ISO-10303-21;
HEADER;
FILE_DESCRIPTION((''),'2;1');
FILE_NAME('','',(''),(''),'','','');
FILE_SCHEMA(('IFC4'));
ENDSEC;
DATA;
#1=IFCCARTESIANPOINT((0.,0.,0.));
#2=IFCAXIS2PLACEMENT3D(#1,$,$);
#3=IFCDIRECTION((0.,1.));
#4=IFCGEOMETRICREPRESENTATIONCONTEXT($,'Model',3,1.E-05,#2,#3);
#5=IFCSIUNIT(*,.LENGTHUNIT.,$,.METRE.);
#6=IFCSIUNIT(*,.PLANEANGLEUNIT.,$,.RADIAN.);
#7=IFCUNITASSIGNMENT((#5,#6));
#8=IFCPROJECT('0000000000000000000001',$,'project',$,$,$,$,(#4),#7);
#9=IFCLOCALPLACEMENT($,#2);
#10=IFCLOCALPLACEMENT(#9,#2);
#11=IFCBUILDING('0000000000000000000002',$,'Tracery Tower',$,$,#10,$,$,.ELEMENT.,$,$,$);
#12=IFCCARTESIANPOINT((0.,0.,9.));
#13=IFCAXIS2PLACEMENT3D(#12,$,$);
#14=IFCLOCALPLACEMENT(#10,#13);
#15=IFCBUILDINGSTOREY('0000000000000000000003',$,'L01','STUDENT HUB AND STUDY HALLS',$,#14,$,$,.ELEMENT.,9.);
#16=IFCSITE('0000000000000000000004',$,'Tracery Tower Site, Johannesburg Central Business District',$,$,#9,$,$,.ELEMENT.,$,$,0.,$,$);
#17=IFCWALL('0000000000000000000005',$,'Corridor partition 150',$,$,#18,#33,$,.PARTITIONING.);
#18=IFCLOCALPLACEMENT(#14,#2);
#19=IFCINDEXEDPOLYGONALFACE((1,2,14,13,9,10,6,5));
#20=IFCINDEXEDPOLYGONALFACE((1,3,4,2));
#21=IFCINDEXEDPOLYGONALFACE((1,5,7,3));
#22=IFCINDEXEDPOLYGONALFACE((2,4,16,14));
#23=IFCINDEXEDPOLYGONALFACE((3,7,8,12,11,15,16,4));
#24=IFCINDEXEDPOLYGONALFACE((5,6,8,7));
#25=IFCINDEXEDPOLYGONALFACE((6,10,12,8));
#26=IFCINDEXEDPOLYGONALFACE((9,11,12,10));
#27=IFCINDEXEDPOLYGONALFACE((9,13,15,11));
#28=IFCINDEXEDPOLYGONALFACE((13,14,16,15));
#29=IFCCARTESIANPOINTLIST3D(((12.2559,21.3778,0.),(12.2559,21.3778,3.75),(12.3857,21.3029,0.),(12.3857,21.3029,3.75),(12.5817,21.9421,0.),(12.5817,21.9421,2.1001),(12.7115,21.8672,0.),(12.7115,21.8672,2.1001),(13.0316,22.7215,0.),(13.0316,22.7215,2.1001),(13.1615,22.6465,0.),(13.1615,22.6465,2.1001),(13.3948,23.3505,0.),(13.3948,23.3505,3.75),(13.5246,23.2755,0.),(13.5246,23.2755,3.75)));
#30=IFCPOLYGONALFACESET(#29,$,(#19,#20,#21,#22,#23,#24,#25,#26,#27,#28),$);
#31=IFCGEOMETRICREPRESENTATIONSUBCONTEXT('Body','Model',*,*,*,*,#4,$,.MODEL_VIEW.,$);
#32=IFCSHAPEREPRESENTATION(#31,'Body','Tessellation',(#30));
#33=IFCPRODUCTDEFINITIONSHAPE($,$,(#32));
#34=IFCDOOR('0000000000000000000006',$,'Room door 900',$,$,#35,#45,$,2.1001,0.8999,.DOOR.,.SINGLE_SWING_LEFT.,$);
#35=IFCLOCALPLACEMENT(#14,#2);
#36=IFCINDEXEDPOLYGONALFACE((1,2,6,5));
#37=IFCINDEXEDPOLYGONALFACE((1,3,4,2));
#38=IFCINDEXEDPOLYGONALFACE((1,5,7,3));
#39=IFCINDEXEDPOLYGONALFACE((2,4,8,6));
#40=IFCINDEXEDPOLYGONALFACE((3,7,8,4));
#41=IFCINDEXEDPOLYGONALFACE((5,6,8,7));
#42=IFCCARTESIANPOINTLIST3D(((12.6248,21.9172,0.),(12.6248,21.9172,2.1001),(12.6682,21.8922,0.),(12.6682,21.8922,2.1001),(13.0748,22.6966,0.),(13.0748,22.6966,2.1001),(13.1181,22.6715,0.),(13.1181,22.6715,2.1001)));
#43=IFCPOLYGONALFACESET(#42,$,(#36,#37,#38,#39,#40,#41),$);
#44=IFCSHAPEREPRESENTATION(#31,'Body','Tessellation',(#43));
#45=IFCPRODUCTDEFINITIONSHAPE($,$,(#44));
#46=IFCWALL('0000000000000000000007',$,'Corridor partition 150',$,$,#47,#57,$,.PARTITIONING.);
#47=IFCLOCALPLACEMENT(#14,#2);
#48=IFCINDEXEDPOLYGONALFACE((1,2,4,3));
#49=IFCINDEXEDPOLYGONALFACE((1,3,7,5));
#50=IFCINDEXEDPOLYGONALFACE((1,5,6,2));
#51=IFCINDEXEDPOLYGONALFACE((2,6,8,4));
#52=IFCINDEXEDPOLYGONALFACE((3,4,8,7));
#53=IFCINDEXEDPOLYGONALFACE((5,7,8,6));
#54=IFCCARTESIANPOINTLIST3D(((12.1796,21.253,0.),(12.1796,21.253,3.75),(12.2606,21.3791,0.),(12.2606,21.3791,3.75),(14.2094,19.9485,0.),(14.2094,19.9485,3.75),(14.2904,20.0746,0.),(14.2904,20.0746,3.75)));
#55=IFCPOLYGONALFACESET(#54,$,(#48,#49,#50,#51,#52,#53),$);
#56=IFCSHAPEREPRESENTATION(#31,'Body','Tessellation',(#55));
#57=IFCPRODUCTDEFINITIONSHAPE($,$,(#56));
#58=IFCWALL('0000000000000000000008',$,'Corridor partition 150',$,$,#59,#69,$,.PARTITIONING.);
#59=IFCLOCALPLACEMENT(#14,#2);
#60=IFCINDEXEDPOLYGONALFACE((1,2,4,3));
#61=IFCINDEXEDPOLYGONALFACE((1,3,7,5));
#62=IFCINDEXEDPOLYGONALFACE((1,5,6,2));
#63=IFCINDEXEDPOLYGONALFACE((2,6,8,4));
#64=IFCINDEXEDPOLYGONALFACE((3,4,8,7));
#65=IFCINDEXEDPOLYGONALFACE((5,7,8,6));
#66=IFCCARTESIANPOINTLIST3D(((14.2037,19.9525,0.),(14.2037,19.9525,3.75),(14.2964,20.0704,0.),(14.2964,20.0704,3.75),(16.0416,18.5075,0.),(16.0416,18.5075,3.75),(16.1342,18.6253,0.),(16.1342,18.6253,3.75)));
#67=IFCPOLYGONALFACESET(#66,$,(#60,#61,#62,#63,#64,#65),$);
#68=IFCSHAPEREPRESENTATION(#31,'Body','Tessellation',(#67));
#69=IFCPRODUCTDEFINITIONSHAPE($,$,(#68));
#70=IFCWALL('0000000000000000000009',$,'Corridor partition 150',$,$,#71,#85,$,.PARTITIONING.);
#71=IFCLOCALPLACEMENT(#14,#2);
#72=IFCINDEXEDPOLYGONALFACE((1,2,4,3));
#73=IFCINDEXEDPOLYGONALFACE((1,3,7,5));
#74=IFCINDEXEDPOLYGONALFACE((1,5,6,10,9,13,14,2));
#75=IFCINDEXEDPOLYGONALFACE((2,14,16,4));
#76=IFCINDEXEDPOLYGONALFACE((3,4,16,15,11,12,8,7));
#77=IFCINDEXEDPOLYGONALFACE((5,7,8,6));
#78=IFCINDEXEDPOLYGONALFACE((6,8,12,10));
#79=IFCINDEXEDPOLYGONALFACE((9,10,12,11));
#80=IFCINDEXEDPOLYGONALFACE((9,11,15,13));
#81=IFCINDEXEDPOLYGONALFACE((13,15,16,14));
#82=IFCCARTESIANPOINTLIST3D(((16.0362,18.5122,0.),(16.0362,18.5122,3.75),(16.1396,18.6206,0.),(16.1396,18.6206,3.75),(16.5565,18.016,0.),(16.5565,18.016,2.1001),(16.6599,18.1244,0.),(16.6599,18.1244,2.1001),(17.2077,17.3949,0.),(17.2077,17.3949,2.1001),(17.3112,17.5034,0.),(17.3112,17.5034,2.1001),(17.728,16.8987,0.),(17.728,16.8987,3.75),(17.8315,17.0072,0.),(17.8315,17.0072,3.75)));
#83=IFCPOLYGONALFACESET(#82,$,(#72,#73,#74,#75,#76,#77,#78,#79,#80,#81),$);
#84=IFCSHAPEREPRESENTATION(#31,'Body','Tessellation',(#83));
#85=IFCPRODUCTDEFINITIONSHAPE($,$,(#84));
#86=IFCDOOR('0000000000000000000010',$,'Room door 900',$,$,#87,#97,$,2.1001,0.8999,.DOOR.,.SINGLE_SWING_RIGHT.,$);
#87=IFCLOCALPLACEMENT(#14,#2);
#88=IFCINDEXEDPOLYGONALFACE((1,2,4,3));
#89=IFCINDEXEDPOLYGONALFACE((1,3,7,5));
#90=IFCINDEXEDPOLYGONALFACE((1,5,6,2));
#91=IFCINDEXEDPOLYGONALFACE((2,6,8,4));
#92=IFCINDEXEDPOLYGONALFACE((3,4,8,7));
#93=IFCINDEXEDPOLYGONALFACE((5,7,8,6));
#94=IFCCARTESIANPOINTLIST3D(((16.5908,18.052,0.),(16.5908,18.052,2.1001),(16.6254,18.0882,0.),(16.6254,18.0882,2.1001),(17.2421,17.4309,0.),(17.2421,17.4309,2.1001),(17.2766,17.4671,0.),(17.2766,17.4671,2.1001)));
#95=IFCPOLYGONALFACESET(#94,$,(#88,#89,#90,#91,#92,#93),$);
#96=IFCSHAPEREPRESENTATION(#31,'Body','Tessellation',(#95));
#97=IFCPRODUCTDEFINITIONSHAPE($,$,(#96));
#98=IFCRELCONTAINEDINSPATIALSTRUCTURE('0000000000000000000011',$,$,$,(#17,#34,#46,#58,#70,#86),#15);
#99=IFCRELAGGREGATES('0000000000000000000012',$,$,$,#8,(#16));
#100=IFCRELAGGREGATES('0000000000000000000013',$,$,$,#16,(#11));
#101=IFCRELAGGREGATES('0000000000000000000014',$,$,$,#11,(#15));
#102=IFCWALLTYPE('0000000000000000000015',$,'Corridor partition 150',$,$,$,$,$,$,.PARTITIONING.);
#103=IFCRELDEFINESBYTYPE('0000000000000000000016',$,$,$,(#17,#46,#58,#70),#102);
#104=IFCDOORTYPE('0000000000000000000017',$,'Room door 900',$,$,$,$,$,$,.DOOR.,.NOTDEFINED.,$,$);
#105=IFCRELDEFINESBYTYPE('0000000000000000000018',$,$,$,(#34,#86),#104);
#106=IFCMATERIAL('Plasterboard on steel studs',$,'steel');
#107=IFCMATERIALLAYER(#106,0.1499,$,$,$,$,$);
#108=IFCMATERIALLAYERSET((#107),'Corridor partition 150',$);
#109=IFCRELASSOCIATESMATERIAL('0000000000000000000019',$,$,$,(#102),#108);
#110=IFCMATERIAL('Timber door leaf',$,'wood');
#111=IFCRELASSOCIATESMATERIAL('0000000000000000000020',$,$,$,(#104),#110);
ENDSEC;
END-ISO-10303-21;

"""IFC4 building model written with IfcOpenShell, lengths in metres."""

from ifc_helpers import new_model, si_unit, direction, frame, frame_2d, origin, place, context, subcontext, project, spatial, rectangle, extrude, material, layer, layer_set, type_object, element, fill, save


model = new_model("IFC4")

# Units and contexts
model_context = context("Model", 3, precision=1e-05, world=origin(), true_north=direction((0.0, 1.0)))
body_context = subcontext(model_context, "Body", "Model", "MODEL_VIEW")
ifc_project = project(units=[si_unit("LENGTHUNIT", "METRE"), si_unit("PLANEANGLEUNIT", "RADIAN")], contexts=[model_context])

# Site, building, storey
site_placement = place(None, origin())
site = spatial("IfcSite", under=ifc_project, at=site_placement, Name="Tracery Tower Site, Johannesburg Central Business District", CompositionType="ELEMENT", RefElevation=0.0)
building_placement = place(site_placement, origin())
building = spatial("IfcBuilding", under=site, at=building_placement, Name="Tracery Tower", CompositionType="ELEMENT")
storey_placement = place(building_placement, frame((0.0, 0.0, 9.0)))
storey = spatial("IfcBuildingStorey", under=building, at=storey_placement, Name="L01", Description="STUDENT HUB AND STUDY HALLS", CompositionType="ELEMENT", Elevation=9.0)

# Wall, opening, door
ifc_material_1 = material(Name="Plasterboard on steel studs", Category="steel")
ifc_layer_1 = layer(ifc_material_1, 0.1499)
ifc_layer_set_1 = layer_set([ifc_layer_1], Name="Corridor partition 150")
wall_type_1 = type_object("IfcWallType", Name="Corridor partition 150", PredefinedType="PARTITIONING", material=ifc_layer_set_1)
wall_1_placement = place(storey_placement, frame((13.4597, 23.313, 0.0), z_axis=(0.0, 0.0, 1.0), x_axis=(-0.500001, -0.866025, 0.0)))
wall_1 = element("IfcWall", 1, at=wall_1_placement, inside=storey, type_object=wall_type_1, Name="Corridor partition 150", PredefinedType="PARTITIONING", context=body_context, shape_type="SweptSolid", body=[
    extrude(rectangle(XDim=2.2778, YDim=0.1499, at=frame_2d((1.1389, 0.0))), origin(), (0.0, 0.0, 1.0), 3.75),
])
opening_1_placement = place(wall_1_placement, frame((0.7263, 0.0, 0.0)))
opening_1 = element("IfcOpeningElement", 2, at=opening_1_placement, cuts=wall_1, PredefinedType="OPENING", context=body_context, shape_type="SweptSolid", body=[
    extrude(rectangle(XDim=0.8999, YDim=2.1001, at=frame_2d((0.45, 1.05))), frame((0.0, 0.075, 0.0), z_axis=(0.0, -1.0, 0.0), x_axis=(1.0, 0.0, 0.0)), (0.0, 0.0, 1.0), 0.1499),
])
ifc_material_2 = material(Name="Timber door leaf", Category="wood")
door_type = type_object("IfcDoorType", Name="Room door 900", OperationType="NOTDEFINED", PredefinedType="DOOR", material=ifc_material_2)
door_1_placement = place(opening_1_placement, origin())
door_1 = element("IfcDoor", 3, at=door_1_placement, inside=storey, type_object=door_type, Name="Room door 900", OperationType="SINGLE_SWING_LEFT", OverallHeight=2.1001, OverallWidth=0.8999, PredefinedType="DOOR", context=body_context, shape_type="SweptSolid", body=[
    extrude(rectangle(XDim=0.8999, YDim=2.1001, at=frame_2d((0.45, 1.05))), frame((0.0, 0.0249, 0.0), z_axis=(0.0, -1.0, 0.0), x_axis=(1.0, 0.0, 0.0)), (0.0, 0.0, 1.0), 0.05),
])
fill(opening_1, door_1)

# Walls
wall_2_placement = place(storey_placement, frame((14.25, 20.0115, 0.0), z_axis=(0.0, 0.0, 1.0), x_axis=(-0.841257, 0.540635, 0.0)))
element("IfcWall", 4, at=wall_2_placement, inside=storey, type_object=wall_type_1, Name="Corridor partition 150", PredefinedType="PARTITIONING", context=body_context, shape_type="SweptSolid", body=[
    extrude(rectangle(XDim=2.4128, YDim=0.1499, at=frame_2d((1.2065, 0.0))), origin(), (0.0, 0.0, 1.0), 3.75),
])
wall_3_placement = place(storey_placement, frame((16.0879, 18.5664, 0.0), z_axis=(0.0, 0.0, 1.0), x_axis=(-0.786108, 0.618089, 0.0)))
element("IfcWall", 5, at=wall_3_placement, inside=storey, type_object=wall_type_1, Name="Corridor partition 150", PredefinedType="PARTITIONING", context=body_context, shape_type="SweptSolid", body=[
    extrude(rectangle(XDim=2.3379, YDim=0.1499, at=frame_2d((1.1689, 0.0))), origin(), (0.0, 0.0, 1.0), 3.75),
])

# Wall, opening, door
wall_4_placement = place(storey_placement, frame((16.0879, 18.5664, 0.0), z_axis=(0.0, 0.0, 1.0), x_axis=(0.723668, -0.690148, 0.0)))
wall_4 = element("IfcWall", 6, at=wall_4_placement, inside=storey, type_object=wall_type_1, Name="Corridor partition 150", PredefinedType="PARTITIONING", context=body_context, shape_type="SweptSolid", body=[
    extrude(rectangle(XDim=2.3379, YDim=0.1499, at=frame_2d((1.1689, 0.0))), origin(), (0.0, 0.0, 1.0), 3.75),
])
opening_2_placement = place(wall_4_placement, frame((0.719, 0.0, 0.0)))
opening_2 = element("IfcOpeningElement", 7, at=opening_2_placement, cuts=wall_4, PredefinedType="OPENING", context=body_context, shape_type="SweptSolid", body=[
    extrude(rectangle(XDim=0.8999, YDim=2.1001, at=frame_2d((0.45, 1.05))), frame((0.0, 0.075, 0.0), z_axis=(0.0, -1.0, 0.0), x_axis=(1.0, 0.0, 0.0)), (0.0, 0.0, 1.0), 0.1499),
])
door_2_placement = place(opening_2_placement, origin())
door_2 = element("IfcDoor", 8, at=door_2_placement, inside=storey, type_object=door_type, Name="Room door 900", OperationType="SINGLE_SWING_RIGHT", OverallHeight=2.1001, OverallWidth=0.8999, PredefinedType="DOOR", context=body_context, shape_type="SweptSolid", body=[
    extrude(rectangle(XDim=0.8999, YDim=2.1001, at=frame_2d((0.45, 1.05))), frame((0.0, 0.0249, 0.0), z_axis=(0.0, -1.0, 0.0), x_axis=(1.0, 0.0, 0.0)), (0.0, 0.0, 1.0), 0.05),
])
fill(opening_2, door_2)

save(model, "model.ifc")
